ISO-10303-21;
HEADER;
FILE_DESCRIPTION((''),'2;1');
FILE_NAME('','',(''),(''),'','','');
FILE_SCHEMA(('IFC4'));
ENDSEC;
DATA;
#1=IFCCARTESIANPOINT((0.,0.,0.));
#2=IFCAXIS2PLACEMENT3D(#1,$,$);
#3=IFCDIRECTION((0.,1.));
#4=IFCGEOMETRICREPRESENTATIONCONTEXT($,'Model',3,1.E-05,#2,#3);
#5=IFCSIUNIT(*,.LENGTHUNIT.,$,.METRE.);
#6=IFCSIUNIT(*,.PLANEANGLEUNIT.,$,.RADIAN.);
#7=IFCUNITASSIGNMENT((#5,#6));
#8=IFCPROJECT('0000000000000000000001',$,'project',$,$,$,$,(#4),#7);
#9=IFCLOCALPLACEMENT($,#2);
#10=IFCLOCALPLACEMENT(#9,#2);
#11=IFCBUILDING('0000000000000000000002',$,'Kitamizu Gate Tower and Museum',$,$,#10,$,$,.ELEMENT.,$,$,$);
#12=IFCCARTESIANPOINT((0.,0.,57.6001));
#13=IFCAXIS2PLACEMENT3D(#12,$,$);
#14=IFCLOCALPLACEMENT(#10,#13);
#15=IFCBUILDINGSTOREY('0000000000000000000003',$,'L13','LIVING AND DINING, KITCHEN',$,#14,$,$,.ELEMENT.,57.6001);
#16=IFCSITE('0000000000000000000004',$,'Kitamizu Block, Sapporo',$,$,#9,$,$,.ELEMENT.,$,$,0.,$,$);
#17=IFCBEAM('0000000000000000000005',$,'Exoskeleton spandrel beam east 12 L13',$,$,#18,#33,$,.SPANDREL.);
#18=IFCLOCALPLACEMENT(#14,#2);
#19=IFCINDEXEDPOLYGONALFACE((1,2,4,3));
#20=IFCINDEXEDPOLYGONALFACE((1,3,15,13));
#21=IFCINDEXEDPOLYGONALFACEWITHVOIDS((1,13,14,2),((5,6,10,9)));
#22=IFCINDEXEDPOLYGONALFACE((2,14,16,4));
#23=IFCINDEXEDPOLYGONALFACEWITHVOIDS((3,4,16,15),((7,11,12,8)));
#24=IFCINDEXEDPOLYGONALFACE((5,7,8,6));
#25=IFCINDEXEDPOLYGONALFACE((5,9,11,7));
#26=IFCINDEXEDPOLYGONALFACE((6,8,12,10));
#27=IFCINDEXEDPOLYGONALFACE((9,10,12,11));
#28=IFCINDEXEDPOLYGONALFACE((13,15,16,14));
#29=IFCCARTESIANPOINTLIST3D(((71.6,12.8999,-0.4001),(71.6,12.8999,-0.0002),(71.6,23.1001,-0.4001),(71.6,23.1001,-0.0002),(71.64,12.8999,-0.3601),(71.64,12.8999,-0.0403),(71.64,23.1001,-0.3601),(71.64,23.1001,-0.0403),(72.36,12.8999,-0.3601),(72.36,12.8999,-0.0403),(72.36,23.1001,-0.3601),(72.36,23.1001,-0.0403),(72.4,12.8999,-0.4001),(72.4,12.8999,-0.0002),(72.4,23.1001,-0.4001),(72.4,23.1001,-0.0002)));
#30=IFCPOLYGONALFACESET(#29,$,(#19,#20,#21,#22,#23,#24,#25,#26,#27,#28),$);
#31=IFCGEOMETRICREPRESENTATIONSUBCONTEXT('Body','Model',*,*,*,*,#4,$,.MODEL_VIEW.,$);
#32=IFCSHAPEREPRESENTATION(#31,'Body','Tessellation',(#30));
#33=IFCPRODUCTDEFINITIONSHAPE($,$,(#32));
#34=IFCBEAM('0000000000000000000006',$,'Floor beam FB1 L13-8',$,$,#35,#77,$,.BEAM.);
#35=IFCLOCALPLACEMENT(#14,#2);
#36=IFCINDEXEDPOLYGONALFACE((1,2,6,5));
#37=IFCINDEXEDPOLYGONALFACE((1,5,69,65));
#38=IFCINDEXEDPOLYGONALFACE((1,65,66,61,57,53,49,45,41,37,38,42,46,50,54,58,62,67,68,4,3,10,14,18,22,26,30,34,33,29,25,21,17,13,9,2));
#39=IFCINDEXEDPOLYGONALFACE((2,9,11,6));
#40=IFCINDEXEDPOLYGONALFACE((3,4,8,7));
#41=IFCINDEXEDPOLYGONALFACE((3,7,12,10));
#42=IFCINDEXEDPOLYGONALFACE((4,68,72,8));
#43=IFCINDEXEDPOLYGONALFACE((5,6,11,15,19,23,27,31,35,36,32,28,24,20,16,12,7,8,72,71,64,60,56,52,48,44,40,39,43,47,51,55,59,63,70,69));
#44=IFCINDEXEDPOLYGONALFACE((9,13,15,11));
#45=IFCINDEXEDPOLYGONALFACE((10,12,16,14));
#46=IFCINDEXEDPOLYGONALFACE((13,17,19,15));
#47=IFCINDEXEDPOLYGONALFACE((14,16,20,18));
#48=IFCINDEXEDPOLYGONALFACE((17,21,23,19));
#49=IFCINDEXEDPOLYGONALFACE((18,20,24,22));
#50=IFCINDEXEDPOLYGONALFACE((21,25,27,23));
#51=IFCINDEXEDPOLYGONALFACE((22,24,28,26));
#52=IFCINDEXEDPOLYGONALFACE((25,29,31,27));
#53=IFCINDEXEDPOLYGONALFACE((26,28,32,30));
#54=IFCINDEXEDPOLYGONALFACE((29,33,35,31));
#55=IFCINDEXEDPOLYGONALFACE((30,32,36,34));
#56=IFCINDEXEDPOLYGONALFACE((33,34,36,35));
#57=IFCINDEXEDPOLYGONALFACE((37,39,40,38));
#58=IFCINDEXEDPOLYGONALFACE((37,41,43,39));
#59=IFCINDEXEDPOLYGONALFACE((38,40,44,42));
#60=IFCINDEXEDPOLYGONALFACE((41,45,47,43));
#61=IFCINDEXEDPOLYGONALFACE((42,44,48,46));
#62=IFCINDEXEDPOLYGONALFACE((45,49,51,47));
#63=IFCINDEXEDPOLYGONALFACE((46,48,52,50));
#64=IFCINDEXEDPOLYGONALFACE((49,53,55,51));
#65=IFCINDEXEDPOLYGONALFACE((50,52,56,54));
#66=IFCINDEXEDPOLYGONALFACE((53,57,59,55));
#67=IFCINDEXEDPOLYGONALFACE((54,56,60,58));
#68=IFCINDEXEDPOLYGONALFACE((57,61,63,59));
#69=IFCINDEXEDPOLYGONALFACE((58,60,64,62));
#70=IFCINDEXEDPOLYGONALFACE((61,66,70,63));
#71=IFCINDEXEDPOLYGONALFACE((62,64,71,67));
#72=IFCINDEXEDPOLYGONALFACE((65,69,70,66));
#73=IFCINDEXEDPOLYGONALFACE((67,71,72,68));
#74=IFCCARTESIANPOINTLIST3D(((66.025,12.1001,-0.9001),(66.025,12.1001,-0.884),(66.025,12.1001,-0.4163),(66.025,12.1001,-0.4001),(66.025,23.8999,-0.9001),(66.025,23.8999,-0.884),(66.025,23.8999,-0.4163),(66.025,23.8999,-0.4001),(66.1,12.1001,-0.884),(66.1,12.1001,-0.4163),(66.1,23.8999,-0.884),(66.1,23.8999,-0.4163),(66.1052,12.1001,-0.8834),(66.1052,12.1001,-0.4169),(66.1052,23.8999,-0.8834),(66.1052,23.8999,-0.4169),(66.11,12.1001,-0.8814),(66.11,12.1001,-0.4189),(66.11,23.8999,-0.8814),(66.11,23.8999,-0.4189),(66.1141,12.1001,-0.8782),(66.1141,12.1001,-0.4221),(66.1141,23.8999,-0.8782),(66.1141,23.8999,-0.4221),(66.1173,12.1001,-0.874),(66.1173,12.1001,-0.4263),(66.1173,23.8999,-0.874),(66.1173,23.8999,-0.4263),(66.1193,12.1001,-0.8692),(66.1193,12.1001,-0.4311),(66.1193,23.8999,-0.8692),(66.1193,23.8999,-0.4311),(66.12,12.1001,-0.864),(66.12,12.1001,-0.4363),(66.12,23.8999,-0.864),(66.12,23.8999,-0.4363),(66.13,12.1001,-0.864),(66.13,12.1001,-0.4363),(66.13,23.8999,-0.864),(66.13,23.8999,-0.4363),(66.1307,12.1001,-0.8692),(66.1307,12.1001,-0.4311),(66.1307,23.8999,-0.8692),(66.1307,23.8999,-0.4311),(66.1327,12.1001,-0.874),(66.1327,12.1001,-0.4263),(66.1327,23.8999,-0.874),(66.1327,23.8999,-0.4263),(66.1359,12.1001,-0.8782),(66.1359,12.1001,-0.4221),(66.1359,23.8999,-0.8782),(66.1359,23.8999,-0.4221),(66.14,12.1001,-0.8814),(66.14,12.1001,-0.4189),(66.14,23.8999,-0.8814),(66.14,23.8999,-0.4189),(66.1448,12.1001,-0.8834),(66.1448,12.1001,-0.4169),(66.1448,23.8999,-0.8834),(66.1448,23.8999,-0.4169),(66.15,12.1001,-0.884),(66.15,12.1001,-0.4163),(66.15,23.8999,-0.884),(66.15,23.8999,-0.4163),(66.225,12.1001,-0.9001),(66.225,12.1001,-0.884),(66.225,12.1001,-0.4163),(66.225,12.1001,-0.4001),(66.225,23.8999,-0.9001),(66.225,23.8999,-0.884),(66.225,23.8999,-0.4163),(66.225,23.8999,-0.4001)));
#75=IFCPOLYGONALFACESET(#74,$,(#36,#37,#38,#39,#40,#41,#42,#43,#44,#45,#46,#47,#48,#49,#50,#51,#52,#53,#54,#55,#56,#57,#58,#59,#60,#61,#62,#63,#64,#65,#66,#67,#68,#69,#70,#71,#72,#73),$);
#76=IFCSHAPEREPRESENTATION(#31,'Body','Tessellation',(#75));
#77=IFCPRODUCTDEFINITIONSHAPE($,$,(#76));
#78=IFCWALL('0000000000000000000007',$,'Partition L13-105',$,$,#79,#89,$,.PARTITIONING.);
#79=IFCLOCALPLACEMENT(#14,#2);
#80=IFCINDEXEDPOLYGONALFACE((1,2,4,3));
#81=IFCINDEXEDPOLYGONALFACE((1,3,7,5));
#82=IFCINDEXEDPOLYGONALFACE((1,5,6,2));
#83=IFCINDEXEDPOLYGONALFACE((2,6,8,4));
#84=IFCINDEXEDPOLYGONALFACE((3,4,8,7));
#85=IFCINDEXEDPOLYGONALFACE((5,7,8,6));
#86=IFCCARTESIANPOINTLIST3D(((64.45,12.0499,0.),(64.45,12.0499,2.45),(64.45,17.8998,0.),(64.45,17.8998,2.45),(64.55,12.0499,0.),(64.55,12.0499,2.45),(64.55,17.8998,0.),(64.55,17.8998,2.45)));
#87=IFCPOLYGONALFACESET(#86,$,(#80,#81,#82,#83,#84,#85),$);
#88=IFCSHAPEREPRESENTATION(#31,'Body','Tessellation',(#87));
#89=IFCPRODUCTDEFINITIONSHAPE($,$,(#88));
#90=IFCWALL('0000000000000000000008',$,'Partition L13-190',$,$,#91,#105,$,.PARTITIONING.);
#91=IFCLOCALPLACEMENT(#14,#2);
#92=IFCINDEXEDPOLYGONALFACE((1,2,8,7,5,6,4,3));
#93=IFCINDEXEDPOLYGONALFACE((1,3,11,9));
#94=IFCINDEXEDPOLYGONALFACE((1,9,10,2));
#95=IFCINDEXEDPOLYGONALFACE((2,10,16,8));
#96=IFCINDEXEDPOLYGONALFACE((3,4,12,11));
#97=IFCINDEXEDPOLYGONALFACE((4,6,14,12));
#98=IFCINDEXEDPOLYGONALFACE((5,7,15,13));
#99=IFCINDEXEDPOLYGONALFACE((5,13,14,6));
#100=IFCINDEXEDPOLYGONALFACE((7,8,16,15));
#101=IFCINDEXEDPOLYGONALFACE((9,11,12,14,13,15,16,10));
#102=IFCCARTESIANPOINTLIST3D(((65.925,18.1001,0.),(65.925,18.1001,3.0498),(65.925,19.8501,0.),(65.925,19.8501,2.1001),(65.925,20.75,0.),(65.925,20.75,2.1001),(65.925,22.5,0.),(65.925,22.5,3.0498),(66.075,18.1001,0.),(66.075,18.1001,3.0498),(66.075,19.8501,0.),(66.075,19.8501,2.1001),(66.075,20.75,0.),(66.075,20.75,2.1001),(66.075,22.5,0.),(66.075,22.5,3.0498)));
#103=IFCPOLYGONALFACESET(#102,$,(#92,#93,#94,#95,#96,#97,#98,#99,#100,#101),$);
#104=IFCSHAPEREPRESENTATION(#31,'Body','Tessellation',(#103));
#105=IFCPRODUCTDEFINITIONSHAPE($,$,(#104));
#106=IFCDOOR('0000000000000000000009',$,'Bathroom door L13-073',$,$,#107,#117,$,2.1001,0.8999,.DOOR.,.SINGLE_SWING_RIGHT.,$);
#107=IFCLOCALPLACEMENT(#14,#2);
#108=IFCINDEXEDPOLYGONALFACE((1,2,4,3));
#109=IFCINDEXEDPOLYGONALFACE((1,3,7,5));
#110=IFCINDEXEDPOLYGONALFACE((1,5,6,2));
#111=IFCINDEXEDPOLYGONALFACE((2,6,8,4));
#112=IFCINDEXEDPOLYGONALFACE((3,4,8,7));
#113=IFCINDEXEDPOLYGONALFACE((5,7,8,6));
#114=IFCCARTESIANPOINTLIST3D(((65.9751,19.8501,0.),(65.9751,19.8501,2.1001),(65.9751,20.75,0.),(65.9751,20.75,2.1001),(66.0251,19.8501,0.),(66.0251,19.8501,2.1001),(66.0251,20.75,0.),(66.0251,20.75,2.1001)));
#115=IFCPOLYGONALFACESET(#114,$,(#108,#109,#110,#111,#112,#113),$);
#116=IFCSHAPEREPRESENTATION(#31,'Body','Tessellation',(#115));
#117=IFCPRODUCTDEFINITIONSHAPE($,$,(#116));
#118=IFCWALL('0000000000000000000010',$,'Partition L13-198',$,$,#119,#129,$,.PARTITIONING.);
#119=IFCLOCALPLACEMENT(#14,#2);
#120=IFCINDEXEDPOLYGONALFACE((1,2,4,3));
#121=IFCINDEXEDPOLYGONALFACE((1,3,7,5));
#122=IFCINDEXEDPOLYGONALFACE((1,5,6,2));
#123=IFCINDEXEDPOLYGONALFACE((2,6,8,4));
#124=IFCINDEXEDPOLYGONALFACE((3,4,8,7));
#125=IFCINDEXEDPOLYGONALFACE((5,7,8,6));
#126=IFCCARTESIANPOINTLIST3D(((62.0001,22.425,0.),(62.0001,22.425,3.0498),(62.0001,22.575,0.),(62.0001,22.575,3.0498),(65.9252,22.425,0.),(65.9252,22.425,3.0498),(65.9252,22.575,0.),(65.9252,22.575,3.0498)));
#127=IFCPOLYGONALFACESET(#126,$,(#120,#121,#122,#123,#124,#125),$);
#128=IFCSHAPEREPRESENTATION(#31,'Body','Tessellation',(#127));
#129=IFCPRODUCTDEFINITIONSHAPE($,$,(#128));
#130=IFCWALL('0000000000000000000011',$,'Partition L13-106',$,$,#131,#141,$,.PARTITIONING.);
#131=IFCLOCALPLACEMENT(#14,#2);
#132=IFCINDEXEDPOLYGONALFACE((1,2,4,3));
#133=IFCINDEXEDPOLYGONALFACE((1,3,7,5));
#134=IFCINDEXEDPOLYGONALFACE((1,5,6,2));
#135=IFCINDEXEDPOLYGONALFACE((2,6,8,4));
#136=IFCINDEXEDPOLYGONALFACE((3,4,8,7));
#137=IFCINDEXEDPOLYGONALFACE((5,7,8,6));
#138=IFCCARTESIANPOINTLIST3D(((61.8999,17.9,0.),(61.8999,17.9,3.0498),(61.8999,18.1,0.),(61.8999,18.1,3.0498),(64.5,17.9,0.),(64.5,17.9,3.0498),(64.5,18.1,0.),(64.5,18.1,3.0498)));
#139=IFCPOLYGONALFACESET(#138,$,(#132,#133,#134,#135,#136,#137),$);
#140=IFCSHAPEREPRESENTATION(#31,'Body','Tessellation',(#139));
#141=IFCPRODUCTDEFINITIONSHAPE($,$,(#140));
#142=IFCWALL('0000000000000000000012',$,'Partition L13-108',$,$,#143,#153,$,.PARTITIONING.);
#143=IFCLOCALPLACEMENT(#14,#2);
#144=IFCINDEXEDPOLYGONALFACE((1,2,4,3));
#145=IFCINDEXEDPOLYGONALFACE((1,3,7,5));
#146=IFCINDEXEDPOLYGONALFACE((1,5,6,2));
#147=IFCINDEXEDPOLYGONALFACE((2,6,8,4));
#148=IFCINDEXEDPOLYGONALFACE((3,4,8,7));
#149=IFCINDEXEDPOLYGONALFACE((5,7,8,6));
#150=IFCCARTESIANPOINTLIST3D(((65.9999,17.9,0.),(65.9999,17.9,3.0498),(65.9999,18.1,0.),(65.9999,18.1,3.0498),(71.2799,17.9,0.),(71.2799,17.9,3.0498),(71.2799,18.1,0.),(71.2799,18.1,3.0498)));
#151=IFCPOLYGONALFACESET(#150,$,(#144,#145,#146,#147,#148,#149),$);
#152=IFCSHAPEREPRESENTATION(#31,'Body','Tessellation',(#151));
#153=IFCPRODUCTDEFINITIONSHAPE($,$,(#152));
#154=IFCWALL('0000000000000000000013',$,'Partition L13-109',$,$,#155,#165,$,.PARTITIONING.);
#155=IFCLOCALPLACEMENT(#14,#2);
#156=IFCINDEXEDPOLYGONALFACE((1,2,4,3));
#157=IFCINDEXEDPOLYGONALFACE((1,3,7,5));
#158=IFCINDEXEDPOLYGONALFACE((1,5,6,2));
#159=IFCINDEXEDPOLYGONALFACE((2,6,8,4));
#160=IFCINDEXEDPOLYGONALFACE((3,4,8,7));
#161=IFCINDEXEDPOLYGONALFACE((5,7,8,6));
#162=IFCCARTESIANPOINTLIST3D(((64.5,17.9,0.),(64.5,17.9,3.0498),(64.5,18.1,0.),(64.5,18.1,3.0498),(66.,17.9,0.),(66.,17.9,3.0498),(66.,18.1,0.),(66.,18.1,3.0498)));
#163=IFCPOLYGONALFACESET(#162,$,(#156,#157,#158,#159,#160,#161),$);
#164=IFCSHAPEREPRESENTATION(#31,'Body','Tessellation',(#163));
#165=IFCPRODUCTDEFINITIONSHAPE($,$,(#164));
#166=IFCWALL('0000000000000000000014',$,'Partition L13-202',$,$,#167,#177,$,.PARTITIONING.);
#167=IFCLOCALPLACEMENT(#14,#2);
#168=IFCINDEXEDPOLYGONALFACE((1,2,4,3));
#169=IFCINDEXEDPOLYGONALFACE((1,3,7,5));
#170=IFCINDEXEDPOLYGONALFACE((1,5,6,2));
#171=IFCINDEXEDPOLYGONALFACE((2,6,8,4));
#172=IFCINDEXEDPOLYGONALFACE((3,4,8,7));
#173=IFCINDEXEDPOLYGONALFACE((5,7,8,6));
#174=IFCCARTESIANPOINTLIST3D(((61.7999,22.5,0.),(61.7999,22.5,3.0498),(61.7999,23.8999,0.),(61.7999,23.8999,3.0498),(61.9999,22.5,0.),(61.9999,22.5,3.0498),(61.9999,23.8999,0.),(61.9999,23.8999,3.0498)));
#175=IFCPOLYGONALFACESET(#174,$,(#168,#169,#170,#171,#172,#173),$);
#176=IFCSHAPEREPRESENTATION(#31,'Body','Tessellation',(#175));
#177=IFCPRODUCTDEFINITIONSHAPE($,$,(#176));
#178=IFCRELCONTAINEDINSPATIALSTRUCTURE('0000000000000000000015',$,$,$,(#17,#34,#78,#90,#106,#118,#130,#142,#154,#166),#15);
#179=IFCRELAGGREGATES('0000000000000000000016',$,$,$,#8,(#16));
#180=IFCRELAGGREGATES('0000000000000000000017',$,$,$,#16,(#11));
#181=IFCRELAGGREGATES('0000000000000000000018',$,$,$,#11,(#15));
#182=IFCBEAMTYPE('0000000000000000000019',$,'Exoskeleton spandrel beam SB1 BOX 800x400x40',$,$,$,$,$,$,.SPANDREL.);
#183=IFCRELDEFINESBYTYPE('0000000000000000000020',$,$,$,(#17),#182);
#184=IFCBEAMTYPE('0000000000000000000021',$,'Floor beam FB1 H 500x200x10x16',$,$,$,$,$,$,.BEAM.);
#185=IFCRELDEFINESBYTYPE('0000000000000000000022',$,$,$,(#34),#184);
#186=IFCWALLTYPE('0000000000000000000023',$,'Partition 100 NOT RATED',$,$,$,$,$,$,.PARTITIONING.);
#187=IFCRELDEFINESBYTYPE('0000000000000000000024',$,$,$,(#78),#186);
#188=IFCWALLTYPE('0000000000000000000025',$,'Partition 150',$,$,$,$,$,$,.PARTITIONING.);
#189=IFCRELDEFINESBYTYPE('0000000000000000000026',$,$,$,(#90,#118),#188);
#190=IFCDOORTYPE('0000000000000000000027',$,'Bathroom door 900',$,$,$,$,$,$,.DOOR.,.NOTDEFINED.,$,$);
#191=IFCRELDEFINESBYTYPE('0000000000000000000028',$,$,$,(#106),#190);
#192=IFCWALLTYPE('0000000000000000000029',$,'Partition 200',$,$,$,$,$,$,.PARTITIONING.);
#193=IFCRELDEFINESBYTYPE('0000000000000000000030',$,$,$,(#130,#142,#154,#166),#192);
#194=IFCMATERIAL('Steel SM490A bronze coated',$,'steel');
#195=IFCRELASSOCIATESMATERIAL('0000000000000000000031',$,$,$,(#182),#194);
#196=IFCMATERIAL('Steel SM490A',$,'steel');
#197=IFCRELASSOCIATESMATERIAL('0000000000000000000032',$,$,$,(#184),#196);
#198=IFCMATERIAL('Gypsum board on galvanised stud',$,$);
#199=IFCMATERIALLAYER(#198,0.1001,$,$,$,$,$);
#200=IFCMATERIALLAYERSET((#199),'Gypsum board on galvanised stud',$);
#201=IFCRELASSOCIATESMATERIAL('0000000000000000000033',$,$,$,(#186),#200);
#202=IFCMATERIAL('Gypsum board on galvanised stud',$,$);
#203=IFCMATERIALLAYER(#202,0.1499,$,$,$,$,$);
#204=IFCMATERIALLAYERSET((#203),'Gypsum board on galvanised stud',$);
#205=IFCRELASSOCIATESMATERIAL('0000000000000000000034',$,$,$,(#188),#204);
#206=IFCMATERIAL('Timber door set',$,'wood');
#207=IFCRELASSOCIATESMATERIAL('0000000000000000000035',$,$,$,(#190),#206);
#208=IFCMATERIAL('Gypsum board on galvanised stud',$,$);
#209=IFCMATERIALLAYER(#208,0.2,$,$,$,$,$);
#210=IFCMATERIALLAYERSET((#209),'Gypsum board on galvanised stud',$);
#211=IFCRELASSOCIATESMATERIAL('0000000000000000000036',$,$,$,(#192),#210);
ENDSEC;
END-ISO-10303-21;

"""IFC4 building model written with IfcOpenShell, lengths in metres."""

from ifc_helpers import new_model, si_unit, direction, frame, frame_2d, origin, origin_2d, place, context, subcontext, project, spatial, rectangle, hollow_rectangle, i_section, extrude, material, layer, layer_set, material_profile, profile_set, type_object, element, fill, save


model = new_model("IFC4")

# Units and contexts
model_context = context("Model", 3, precision=1e-05, world=origin(), true_north=direction((0.0, 1.0)))
body_context = subcontext(model_context, "Body", "Model", "MODEL_VIEW")
ifc_project = project(units=[si_unit("LENGTHUNIT", "METRE"), si_unit("PLANEANGLEUNIT", "RADIAN")], contexts=[model_context])

# Site, building, storey
site_placement = place(None, origin())
site = spatial("IfcSite", under=ifc_project, at=site_placement, Name="Kitamizu Block, Sapporo", CompositionType="ELEMENT", RefElevation=0.0)
building_placement = place(site_placement, origin())
building = spatial("IfcBuilding", under=site, at=building_placement, Name="Kitamizu Gate Tower and Museum", CompositionType="ELEMENT")
storey_placement = place(building_placement, frame((0.0, 0.0, 57.6001)))
storey = spatial("IfcBuildingStorey", under=building, at=storey_placement, Name="L13", Description="LIVING AND DINING, KITCHEN", CompositionType="ELEMENT", Elevation=57.6001)

# Beams
ifc_material_1 = material(Name="Steel SM490A bronze coated", Category="steel")
ifc_material_profile_1 = material_profile(ifc_material_1, hollow_rectangle(XDim=0.8, YDim=0.3999, WallThickness=0.04, at=origin_2d()), Name="BOX 800x400x40")
ifc_profile_set_1 = profile_set([ifc_material_profile_1], Name="Steel SM490A bronze coated")
beam_type_1 = type_object("IfcBeamType", Name="Exoskeleton spandrel beam SB1 BOX 800x400x40", PredefinedType="SPANDREL", material=ifc_profile_set_1)
beam_1_placement = place(storey_placement, frame((72.0, 12.8999, -0.2002), z_axis=(0.0, 1.0, 0.0), x_axis=(-1.0, 0.0, 0.0)))
element("IfcBeam", 1, at=beam_1_placement, inside=storey, type_object=beam_type_1, Name="Exoskeleton spandrel beam east 12 L13", PredefinedType="SPANDREL", context=body_context, shape_type="SweptSolid", body=[
    extrude(hollow_rectangle(XDim=0.8, YDim=0.3999, WallThickness=0.04, at=origin_2d()), origin(), (0.0, 0.0, 1.0), 10.2002),
])
ifc_material_2 = material(Name="Steel SM490A", Category="steel")
ifc_material_profile_2 = material_profile(ifc_material_2, i_section(OverallWidth=0.2, OverallDepth=0.5, WebThickness=0.01, FlangeThickness=0.0161, FilletRadius=0.02, at=origin_2d()), Name="H-500x200x10x16")
ifc_profile_set_2 = profile_set([ifc_material_profile_2], Name="Steel SM490A")
beam_type_2 = type_object("IfcBeamType", Name="Floor beam FB1 H 500x200x10x16", PredefinedType="BEAM", material=ifc_profile_set_2)
beam_2_placement = place(storey_placement, frame((66.125, 12.1001, -0.6501), z_axis=(0.0, 1.0, 0.0), x_axis=(-1.0, 0.0, 0.0)))
element("IfcBeam", 2, at=beam_2_placement, inside=storey, type_object=beam_type_2, Name="Floor beam FB1 L13-8", PredefinedType="BEAM", context=body_context, shape_type="SweptSolid", body=[
    extrude(i_section(OverallWidth=0.2, OverallDepth=0.5, WebThickness=0.01, FlangeThickness=0.0161, FilletRadius=0.02, at=origin_2d()), origin(), (0.0, 0.0, 1.0), 11.7998),
])

# Wall
ifc_material_3 = material(Name="Gypsum board on galvanised stud")
ifc_layer_1 = layer(ifc_material_3, 0.1001)
ifc_layer_set_1 = layer_set([ifc_layer_1], Name="Gypsum board on galvanised stud")
wall_type_1 = type_object("IfcWallType", Name="Partition 100 NOT RATED", PredefinedType="PARTITIONING", material=ifc_layer_set_1)
wall_1_placement = place(storey_placement, frame((64.5, 12.05, 0.0), z_axis=(0.0, 0.0, 1.0), x_axis=(0.0, 1.0, 0.0)))
element("IfcWall", 3, at=wall_1_placement, inside=storey, type_object=wall_type_1, Name="Partition L13-105", PredefinedType="PARTITIONING", context=body_context, shape_type="SweptSolid", body=[
    extrude(rectangle(XDim=5.8499, YDim=0.1001, at=frame_2d((2.9248, 0.0))), origin(), (0.0, 0.0, 1.0), 2.45),
])

# Wall, opening, door
ifc_material_4 = material(Name="Gypsum board on galvanised stud")
ifc_layer_2 = layer(ifc_material_4, 0.1499)
ifc_layer_set_2 = layer_set([ifc_layer_2], Name="Gypsum board on galvanised stud")
wall_type_2 = type_object("IfcWallType", Name="Partition 150", PredefinedType="PARTITIONING", material=ifc_layer_set_2)
wall_2_placement = place(storey_placement, frame((66.0, 22.5, 0.0), z_axis=(0.0, 0.0, 1.0), x_axis=(0.0, -1.0, 0.0)))
wall_2 = element("IfcWall", 4, at=wall_2_placement, inside=storey, type_object=wall_type_2, Name="Partition L13-190", PredefinedType="PARTITIONING", context=body_context, shape_type="SweptSolid", body=[
    extrude(rectangle(XDim=4.3999, YDim=0.1499, at=frame_2d((2.2, 0.0))), origin(), (0.0, 0.0, 1.0), 3.0498),
])
opening_placement = place(wall_2_placement, frame((1.75, 0.0, 0.0)))
opening = element("IfcOpeningElement", 5, at=opening_placement, cuts=wall_2, PredefinedType="OPENING", context=body_context, shape_type="SweptSolid", body=[
    extrude(rectangle(XDim=0.8999, YDim=2.1001, at=frame_2d((0.45, 1.05))), frame((0.0, 0.085, 0.0), z_axis=(0.0, -1.0, 0.0), x_axis=(1.0, 0.0, 0.0)), (0.0, 0.0, 1.0), 0.1699),
])
ifc_material_5 = material(Name="Timber door set", Category="wood")
door_type = type_object("IfcDoorType", Name="Bathroom door 900", OperationType="NOTDEFINED", PredefinedType="DOOR", material=ifc_material_5)
door_placement = place(opening_placement, frame((0.8999, 0.0, 0.0), x_axis=(-1.0, 0.0, 0.0)))
door = element("IfcDoor", 6, at=door_placement, inside=storey, type_object=door_type, Name="Bathroom door L13-073", OperationType="SINGLE_SWING_RIGHT", OverallHeight=2.1001, OverallWidth=0.8999, PredefinedType="DOOR", context=body_context, shape_type="SweptSolid", body=[
    extrude(rectangle(XDim=0.8999, YDim=2.1001, at=frame_2d((0.45, 1.05))), frame((0.0, 0.0249, 0.0), z_axis=(0.0, -1.0, 0.0), x_axis=(1.0, 0.0, 0.0)), (0.0, 0.0, 1.0), 0.05),
])
fill(opening, door)

# Walls
wall_3_placement = place(storey_placement, frame((65.925, 22.5, 0.0), z_axis=(0.0, 0.0, 1.0), x_axis=(-1.0, 0.0, 0.0)))
element("IfcWall", 7, at=wall_3_placement, inside=storey, type_object=wall_type_2, Name="Partition L13-198", PredefinedType="PARTITIONING", context=body_context, shape_type="SweptSolid", body=[
    extrude(rectangle(XDim=3.925, YDim=0.1499, at=frame_2d((1.9624, 0.0))), origin(), (0.0, 0.0, 1.0), 3.0498),
])
ifc_material_6 = material(Name="Gypsum board on galvanised stud")
ifc_layer_3 = layer(ifc_material_6, 0.2)
ifc_layer_set_3 = layer_set([ifc_layer_3], Name="Gypsum board on galvanised stud")
wall_type_3 = type_object("IfcWallType", Name="Partition 200", PredefinedType="PARTITIONING", material=ifc_layer_set_3)
wall_4_placement = place(storey_placement, frame((64.5, 18.0, 0.0), z_axis=(0.0, 0.0, 1.0), x_axis=(-1.0, 0.0, 0.0)))
element("IfcWall", 8, at=wall_4_placement, inside=storey, type_object=wall_type_3, Name="Partition L13-106", PredefinedType="PARTITIONING", context=body_context, shape_type="SweptSolid", body=[
    extrude(rectangle(XDim=2.6001, YDim=0.2, at=frame_2d((1.3, 0.0))), origin(), (0.0, 0.0, 1.0), 3.0498),
])
wall_5_placement = place(storey_placement, frame((71.28, 18.0, 0.0), z_axis=(0.0, 0.0, 1.0), x_axis=(-1.0, 0.0, 0.0)))
element("IfcWall", 9, at=wall_5_placement, inside=storey, type_object=wall_type_3, Name="Partition L13-108", PredefinedType="PARTITIONING", context=body_context, shape_type="SweptSolid", body=[
    extrude(rectangle(XDim=5.28, YDim=0.2, at=frame_2d((2.6401, 0.0))), origin(), (0.0, 0.0, 1.0), 3.0498),
])
wall_6_placement = place(storey_placement, frame((66.0, 18.0, 0.0), z_axis=(0.0, 0.0, 1.0), x_axis=(-1.0, 0.0, 0.0)))
element("IfcWall", 10, at=wall_6_placement, inside=storey, type_object=wall_type_3, Name="Partition L13-109", PredefinedType="PARTITIONING", context=body_context, shape_type="SweptSolid", body=[
    extrude(rectangle(XDim=1.5, YDim=0.2, at=frame_2d((0.75, 0.0))), origin(), (0.0, 0.0, 1.0), 3.0498),
])
wall_7_placement = place(storey_placement, frame((61.8999, 23.8999, 0.0), z_axis=(0.0, 0.0, 1.0), x_axis=(0.0, -1.0, 0.0)))
element("IfcWall", 11, at=wall_7_placement, inside=storey, type_object=wall_type_3, Name="Partition L13-202", PredefinedType="PARTITIONING", context=body_context, shape_type="SweptSolid", body=[
    extrude(rectangle(XDim=1.3999, YDim=0.2, at=frame_2d((0.7, 0.0))), origin(), (0.0, 0.0, 1.0), 3.0498),
])

save(model, "model.ifc")
